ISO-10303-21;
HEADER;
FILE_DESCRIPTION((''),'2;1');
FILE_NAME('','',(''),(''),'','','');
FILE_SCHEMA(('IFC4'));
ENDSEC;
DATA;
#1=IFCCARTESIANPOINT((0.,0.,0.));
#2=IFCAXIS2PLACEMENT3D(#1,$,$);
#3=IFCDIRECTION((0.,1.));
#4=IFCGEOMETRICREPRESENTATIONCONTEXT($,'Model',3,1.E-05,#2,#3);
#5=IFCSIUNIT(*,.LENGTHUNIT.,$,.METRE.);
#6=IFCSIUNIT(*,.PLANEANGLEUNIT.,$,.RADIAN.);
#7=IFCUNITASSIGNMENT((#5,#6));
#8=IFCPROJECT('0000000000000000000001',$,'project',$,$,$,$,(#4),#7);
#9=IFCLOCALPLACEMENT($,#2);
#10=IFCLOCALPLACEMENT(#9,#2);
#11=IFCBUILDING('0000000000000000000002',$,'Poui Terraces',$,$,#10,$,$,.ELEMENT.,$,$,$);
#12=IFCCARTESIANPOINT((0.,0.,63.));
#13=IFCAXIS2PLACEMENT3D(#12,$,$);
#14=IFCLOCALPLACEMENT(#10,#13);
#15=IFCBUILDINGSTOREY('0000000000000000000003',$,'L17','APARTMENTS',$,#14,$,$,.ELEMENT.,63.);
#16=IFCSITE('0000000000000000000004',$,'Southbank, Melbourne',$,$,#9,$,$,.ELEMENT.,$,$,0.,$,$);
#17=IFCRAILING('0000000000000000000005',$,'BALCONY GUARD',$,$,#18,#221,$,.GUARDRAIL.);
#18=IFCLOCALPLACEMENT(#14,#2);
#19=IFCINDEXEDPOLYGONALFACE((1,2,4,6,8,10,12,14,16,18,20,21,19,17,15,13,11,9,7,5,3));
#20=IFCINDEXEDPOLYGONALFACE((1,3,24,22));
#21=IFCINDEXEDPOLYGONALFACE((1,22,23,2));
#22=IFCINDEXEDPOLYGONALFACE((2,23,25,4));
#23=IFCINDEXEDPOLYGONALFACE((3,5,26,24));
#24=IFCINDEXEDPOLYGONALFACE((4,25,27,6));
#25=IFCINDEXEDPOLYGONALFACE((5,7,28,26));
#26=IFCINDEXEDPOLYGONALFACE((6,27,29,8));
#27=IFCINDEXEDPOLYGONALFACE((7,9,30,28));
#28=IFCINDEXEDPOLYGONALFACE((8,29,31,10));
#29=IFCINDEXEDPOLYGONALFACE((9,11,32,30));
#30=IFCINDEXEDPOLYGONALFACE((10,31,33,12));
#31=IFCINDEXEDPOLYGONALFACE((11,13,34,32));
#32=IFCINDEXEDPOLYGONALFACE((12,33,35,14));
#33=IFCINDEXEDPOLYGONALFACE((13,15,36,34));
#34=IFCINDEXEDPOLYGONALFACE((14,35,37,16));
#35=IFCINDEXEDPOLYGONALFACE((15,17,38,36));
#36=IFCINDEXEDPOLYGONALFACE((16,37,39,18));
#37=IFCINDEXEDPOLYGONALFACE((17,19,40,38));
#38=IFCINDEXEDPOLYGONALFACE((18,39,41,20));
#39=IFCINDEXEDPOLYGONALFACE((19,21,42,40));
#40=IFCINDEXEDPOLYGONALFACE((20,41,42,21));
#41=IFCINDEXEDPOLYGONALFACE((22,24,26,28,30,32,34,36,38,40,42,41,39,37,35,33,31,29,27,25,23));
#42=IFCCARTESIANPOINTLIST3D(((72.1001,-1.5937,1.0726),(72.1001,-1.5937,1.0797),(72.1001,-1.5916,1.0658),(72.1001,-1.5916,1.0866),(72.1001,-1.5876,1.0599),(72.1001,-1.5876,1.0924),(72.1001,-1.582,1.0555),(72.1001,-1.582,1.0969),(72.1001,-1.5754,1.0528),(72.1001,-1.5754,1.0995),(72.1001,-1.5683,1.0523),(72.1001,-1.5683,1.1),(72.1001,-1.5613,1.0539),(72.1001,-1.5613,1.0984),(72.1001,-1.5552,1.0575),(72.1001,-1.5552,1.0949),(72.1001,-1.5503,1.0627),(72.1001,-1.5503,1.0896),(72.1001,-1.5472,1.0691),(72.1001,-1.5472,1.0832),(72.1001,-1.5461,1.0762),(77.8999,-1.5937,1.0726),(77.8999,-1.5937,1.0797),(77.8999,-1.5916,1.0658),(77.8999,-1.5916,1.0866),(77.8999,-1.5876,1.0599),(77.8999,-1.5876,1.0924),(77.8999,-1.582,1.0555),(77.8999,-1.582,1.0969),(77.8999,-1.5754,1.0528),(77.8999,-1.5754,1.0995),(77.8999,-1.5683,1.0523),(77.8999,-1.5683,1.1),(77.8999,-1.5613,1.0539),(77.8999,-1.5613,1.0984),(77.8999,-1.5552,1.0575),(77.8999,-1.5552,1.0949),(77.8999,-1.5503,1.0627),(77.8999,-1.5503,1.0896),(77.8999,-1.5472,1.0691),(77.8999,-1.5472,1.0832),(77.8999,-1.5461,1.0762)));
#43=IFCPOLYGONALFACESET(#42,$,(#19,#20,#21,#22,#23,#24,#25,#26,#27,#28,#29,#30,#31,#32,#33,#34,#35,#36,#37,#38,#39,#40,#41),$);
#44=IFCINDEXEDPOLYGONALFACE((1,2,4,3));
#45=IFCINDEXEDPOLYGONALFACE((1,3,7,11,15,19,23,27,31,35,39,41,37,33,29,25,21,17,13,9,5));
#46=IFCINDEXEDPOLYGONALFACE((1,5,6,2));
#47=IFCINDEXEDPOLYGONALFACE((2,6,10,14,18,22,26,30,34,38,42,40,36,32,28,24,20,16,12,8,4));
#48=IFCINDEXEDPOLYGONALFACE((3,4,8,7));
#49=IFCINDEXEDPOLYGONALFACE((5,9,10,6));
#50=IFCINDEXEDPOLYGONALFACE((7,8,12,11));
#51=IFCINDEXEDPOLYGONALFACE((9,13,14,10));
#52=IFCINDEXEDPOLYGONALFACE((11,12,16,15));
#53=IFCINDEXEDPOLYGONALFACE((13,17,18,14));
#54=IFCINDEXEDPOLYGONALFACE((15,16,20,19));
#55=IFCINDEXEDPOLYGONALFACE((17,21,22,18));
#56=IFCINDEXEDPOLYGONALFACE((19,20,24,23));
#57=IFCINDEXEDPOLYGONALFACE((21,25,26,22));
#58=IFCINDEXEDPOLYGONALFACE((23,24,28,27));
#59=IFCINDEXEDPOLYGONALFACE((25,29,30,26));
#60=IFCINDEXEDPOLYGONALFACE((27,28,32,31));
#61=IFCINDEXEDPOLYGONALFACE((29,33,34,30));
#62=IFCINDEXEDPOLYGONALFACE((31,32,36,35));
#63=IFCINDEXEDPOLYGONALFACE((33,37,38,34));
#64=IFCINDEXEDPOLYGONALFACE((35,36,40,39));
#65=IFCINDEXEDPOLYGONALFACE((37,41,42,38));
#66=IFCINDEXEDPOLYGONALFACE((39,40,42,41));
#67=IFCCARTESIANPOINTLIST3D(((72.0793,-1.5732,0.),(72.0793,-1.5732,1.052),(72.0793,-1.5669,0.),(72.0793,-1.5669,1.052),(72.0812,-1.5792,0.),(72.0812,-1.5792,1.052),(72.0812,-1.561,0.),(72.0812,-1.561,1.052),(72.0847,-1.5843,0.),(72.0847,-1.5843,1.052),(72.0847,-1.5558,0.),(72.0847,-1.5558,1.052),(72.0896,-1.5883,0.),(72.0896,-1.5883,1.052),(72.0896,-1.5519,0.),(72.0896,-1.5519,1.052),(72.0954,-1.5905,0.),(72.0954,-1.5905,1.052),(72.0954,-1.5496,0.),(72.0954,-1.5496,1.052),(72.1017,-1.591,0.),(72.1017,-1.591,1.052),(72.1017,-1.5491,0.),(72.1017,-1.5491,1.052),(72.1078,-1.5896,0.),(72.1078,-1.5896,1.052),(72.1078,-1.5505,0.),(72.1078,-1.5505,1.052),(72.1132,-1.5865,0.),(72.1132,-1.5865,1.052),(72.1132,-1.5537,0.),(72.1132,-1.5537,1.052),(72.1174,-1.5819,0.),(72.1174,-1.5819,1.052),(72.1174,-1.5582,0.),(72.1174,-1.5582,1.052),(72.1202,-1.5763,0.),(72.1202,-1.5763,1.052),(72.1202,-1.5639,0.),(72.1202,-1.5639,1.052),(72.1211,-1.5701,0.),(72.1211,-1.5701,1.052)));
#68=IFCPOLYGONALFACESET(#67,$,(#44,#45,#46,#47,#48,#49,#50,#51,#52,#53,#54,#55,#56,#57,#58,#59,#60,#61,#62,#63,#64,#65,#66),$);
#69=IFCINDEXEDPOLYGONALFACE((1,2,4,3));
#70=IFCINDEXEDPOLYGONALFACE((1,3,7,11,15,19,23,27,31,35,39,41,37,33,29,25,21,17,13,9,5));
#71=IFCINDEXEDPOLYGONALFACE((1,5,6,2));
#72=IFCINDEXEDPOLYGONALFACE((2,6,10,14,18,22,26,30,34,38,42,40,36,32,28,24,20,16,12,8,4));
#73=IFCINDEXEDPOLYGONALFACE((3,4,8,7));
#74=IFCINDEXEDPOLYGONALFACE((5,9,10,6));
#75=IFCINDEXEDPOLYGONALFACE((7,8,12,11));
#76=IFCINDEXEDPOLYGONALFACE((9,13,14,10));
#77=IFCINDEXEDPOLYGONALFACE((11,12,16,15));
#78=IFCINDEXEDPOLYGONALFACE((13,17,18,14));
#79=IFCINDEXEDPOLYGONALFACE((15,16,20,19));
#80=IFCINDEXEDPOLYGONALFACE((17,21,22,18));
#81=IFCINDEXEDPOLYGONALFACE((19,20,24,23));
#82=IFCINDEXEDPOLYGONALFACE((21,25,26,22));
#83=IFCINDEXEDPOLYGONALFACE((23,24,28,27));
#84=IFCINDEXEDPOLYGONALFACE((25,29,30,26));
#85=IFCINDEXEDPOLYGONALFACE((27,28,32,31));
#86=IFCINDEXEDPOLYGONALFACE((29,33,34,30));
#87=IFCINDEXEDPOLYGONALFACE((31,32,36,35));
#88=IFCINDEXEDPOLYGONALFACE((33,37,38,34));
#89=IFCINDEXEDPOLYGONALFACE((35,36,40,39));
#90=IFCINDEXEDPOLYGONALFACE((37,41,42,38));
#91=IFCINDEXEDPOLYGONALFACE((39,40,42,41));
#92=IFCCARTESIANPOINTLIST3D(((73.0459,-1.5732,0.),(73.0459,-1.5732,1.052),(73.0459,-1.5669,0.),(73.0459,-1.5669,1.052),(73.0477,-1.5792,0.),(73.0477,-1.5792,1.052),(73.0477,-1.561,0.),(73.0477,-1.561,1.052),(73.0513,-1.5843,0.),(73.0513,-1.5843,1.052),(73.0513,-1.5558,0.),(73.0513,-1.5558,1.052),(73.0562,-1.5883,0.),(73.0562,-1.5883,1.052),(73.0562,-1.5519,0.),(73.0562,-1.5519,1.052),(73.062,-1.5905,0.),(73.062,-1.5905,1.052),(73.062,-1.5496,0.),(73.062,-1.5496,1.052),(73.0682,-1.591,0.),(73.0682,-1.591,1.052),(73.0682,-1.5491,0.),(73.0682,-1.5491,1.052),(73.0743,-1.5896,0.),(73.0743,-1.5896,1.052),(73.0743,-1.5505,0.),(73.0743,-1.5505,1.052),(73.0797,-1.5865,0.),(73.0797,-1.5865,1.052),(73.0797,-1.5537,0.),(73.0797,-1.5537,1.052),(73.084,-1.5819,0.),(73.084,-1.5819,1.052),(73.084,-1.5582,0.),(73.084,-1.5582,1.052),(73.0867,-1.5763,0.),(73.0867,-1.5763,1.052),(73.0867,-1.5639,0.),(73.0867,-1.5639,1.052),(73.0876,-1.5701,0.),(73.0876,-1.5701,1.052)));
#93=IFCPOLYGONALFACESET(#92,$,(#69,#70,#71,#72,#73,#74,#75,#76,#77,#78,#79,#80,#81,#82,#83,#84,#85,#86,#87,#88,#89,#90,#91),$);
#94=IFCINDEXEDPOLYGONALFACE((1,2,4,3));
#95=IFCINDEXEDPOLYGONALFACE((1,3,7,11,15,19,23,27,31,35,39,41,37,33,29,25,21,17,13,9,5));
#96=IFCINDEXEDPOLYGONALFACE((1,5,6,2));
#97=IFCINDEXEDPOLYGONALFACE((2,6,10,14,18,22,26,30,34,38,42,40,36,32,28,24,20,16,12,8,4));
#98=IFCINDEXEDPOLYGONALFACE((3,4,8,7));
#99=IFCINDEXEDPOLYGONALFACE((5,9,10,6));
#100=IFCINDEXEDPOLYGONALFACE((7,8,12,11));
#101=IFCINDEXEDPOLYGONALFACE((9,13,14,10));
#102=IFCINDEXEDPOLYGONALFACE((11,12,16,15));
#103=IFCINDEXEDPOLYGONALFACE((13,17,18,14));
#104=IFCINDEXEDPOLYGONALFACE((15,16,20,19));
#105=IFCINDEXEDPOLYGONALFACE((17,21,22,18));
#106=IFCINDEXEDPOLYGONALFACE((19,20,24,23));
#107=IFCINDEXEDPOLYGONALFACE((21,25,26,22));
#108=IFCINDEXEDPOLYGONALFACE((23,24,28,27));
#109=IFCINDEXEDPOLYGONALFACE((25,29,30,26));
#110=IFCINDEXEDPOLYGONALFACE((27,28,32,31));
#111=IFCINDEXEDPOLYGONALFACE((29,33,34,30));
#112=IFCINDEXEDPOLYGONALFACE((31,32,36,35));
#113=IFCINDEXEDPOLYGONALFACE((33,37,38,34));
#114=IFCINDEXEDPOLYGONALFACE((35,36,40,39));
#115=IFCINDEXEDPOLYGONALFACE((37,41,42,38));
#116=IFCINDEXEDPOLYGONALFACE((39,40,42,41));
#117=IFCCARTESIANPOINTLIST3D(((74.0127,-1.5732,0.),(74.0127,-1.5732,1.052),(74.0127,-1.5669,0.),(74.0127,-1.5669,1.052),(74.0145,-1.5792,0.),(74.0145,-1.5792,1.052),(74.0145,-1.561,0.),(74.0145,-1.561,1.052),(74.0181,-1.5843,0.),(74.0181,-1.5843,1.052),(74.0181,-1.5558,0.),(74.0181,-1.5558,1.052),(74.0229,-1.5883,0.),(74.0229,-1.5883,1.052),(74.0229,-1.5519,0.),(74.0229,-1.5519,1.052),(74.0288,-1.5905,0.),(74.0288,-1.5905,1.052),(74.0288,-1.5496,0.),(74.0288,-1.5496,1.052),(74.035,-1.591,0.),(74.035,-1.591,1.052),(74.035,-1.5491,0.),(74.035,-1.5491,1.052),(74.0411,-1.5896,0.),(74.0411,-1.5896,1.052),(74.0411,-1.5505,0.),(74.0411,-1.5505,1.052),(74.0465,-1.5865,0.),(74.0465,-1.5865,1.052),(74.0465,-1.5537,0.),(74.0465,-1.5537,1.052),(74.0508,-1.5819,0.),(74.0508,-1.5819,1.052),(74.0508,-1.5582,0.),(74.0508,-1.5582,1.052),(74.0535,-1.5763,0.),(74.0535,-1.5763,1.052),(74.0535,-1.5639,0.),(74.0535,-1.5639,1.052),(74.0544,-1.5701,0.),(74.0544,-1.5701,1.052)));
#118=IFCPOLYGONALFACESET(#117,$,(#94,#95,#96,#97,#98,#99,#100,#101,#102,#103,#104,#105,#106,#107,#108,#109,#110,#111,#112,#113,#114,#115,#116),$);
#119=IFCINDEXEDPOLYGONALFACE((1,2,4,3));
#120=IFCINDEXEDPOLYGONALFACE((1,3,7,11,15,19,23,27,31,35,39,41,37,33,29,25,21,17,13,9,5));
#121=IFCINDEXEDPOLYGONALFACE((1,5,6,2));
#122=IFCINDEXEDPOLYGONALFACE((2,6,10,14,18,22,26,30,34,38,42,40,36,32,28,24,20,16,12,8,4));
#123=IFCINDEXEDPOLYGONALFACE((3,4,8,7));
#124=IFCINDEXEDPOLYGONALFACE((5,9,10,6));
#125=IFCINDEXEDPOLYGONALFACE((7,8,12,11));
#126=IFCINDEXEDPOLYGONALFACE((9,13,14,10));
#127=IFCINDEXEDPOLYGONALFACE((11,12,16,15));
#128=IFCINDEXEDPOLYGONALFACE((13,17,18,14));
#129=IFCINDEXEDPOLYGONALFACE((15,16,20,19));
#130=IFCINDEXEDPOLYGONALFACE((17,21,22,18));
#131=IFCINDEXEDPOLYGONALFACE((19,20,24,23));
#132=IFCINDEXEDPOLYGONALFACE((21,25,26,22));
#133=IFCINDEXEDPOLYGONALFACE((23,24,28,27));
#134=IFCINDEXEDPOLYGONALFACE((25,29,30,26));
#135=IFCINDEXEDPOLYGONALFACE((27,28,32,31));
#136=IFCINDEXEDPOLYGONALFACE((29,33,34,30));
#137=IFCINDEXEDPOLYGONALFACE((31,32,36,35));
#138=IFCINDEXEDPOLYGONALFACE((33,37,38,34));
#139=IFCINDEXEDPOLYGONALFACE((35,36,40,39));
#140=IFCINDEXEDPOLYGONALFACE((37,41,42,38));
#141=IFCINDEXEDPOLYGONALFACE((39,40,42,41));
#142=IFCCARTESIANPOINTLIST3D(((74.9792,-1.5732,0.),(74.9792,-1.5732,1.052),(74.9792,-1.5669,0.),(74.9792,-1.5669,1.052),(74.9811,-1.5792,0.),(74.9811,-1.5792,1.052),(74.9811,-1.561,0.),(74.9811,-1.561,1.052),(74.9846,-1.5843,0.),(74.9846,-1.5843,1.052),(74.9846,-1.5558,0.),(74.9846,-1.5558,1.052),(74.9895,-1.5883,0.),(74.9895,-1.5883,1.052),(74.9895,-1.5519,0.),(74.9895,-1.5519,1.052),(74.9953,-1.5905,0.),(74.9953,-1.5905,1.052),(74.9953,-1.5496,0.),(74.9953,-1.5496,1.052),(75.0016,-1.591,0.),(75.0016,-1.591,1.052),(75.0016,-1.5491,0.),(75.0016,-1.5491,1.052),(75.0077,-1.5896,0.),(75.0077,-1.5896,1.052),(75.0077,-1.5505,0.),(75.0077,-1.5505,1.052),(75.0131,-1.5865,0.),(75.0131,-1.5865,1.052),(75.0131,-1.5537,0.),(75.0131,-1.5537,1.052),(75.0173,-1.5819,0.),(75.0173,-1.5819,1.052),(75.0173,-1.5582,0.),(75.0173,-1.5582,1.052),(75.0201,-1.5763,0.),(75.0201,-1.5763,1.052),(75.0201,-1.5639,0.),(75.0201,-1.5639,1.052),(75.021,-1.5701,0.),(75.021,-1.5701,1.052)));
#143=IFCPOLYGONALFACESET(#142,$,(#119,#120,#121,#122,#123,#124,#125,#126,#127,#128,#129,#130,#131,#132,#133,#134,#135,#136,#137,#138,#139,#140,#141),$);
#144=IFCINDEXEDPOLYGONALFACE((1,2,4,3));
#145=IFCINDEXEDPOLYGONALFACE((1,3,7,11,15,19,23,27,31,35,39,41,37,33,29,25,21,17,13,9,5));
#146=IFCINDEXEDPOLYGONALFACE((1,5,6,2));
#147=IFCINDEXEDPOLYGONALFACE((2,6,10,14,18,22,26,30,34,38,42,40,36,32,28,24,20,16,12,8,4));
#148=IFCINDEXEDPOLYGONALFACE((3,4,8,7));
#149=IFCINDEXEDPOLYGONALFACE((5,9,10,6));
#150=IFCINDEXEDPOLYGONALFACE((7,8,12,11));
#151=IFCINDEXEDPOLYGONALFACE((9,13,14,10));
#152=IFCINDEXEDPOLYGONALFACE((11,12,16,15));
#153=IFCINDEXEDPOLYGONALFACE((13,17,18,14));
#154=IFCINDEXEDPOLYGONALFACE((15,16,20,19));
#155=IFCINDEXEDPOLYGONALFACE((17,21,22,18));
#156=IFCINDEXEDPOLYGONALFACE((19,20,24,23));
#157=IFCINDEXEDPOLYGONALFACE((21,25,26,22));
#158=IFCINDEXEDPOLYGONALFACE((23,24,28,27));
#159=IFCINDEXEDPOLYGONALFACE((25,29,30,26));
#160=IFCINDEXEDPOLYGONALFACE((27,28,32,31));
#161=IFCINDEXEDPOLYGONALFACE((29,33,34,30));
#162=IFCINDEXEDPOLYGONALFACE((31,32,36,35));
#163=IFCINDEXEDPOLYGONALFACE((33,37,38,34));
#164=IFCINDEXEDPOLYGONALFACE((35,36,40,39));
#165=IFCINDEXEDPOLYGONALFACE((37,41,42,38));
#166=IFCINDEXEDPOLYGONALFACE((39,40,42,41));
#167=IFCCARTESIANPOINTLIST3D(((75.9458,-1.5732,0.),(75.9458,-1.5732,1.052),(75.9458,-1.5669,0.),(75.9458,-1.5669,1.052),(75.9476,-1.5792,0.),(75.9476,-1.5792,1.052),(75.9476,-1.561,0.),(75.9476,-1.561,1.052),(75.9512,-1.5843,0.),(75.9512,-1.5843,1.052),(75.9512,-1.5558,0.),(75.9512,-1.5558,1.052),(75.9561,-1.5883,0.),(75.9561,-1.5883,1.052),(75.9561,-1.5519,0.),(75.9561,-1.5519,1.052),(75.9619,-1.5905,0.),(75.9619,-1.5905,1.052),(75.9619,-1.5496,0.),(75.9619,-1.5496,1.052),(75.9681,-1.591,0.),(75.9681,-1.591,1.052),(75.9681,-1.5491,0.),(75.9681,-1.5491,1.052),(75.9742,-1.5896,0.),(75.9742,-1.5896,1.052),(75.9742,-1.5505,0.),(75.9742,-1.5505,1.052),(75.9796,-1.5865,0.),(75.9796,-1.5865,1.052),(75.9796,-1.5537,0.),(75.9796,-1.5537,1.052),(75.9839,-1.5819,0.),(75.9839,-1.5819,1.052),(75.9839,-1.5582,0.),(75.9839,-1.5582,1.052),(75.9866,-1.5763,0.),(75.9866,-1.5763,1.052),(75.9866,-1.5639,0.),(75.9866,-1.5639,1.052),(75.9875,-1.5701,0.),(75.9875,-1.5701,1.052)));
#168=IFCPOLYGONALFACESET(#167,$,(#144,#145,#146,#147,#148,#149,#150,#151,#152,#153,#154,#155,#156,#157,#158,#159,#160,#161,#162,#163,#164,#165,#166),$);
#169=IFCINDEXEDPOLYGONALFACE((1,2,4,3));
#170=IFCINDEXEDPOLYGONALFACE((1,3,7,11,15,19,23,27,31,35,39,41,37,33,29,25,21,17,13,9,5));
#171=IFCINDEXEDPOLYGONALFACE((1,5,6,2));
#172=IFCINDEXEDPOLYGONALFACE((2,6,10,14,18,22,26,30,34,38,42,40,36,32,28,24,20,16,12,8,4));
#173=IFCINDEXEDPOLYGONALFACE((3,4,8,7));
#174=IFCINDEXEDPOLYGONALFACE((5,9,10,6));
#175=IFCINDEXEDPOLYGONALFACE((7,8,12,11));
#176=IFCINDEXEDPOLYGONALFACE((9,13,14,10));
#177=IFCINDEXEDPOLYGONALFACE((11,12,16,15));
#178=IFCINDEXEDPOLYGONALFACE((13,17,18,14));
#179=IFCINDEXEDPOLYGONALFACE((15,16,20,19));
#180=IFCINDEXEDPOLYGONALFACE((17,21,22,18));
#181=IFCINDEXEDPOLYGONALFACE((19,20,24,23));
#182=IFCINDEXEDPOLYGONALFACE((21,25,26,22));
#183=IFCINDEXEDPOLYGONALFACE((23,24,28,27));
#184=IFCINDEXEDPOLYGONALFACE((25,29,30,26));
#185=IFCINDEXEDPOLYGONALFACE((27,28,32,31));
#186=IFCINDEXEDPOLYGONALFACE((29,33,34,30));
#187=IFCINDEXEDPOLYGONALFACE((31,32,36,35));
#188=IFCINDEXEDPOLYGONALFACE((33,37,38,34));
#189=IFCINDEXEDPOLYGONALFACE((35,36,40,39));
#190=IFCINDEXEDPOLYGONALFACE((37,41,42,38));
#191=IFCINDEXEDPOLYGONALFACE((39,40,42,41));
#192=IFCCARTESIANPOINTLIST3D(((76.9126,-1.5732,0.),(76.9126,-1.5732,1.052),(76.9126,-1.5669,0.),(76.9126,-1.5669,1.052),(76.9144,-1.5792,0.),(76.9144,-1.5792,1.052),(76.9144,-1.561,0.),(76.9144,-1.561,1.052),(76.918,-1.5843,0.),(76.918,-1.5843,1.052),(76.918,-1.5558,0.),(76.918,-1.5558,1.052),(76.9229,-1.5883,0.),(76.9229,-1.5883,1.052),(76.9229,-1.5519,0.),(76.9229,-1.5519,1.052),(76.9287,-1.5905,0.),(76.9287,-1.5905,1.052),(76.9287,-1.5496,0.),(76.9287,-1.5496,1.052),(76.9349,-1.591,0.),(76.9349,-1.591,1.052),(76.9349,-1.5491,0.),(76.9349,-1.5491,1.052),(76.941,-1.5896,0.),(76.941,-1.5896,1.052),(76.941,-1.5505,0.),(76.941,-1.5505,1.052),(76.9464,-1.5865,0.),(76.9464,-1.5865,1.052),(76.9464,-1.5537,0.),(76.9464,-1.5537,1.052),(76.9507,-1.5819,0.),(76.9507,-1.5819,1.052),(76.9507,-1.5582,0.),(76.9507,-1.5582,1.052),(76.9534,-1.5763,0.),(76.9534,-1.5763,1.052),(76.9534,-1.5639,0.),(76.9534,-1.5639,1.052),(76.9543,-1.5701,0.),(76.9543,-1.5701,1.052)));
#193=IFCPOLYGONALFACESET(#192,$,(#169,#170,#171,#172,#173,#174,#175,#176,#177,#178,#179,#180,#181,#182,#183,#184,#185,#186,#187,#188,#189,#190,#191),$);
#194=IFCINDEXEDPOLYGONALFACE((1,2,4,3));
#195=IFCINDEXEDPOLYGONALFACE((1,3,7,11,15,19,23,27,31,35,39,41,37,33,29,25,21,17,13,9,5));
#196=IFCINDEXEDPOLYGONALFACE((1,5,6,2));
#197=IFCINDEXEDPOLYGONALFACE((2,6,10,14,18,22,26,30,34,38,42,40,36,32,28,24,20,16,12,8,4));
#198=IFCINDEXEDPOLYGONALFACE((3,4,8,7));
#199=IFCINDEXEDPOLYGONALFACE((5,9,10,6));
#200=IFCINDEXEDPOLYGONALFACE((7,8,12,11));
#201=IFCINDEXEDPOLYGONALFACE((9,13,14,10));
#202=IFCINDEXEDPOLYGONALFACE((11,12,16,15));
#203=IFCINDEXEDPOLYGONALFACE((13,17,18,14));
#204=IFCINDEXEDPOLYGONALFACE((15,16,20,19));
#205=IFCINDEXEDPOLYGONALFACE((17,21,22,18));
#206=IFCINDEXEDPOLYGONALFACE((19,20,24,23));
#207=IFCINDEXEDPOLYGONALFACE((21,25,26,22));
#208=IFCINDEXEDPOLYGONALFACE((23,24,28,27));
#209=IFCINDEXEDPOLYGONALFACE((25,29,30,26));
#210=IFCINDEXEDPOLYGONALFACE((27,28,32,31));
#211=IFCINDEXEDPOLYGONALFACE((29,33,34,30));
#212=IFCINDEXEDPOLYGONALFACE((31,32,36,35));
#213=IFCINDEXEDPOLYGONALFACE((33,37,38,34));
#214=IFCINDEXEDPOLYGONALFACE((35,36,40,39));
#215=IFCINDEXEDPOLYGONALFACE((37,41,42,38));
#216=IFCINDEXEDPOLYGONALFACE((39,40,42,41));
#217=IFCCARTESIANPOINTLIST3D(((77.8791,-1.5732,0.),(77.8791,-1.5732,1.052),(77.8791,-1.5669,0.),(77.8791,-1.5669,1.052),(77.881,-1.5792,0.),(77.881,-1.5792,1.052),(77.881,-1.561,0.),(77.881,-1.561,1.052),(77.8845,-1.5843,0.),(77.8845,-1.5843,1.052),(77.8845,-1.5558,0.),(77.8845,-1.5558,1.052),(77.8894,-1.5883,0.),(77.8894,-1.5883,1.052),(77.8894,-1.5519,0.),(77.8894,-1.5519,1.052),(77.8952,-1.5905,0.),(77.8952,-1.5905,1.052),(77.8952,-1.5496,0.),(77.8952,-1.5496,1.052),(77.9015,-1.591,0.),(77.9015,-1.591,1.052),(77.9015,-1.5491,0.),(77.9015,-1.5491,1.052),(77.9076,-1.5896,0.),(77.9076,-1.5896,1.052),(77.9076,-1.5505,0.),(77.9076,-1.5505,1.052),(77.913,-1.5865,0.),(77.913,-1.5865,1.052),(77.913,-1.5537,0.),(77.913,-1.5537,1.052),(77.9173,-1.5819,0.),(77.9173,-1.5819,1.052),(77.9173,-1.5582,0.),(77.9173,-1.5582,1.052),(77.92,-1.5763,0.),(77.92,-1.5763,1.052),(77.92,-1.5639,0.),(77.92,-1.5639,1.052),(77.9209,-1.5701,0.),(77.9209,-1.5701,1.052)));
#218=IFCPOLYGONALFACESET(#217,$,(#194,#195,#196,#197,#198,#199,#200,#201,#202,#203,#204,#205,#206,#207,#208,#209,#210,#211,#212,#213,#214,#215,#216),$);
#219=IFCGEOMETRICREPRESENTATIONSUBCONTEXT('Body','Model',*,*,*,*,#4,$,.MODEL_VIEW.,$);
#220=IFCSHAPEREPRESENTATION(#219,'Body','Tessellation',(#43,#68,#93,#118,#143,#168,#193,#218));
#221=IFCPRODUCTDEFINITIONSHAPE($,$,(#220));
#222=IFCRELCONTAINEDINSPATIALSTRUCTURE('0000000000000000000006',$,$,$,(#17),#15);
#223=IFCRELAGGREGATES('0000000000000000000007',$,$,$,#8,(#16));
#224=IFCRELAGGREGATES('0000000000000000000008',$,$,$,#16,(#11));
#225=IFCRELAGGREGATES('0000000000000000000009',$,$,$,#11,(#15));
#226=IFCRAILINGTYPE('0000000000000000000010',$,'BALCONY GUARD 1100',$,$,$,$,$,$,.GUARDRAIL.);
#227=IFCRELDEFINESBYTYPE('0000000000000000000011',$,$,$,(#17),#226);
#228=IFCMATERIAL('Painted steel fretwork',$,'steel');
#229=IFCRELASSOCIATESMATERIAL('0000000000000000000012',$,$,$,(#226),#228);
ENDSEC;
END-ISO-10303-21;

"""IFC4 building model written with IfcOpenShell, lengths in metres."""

from ifc_helpers import new_model, si_unit, direction, frame, origin, origin_2d, place, context, subcontext, project, spatial, circle, extrude, material, type_object, element, save


model = new_model("IFC4")

# Units and contexts
model_context = context("Model", 3, precision=1e-05, world=origin(), true_north=direction((0.0, 1.0)))
body_context = subcontext(model_context, "Body", "Model", "MODEL_VIEW")
ifc_project = project(units=[si_unit("LENGTHUNIT", "METRE"), si_unit("PLANEANGLEUNIT", "RADIAN")], contexts=[model_context])

# Site, building, storey
site_placement = place(None, origin())
site = spatial("IfcSite", under=ifc_project, at=site_placement, Name="Southbank, Melbourne", CompositionType="ELEMENT", RefElevation=0.0)
building_placement = place(site_placement, origin())
building = spatial("IfcBuilding", under=site, at=building_placement, Name="Poui Terraces", CompositionType="ELEMENT")
storey_placement = place(building_placement, frame((0.0, 0.0, 63.0)))
storey = spatial("IfcBuildingStorey", under=building, at=storey_placement, Name="L17", Description="APARTMENTS", CompositionType="ELEMENT", Elevation=63.0)

# Railing
ifc_material_1 = material(Name="Painted steel fretwork", Category="steel")
railing_type_1 = type_object("IfcRailingType", Name="BALCONY GUARD 1100", PredefinedType="GUARDRAIL", material=ifc_material_1)
railing_1_placement = place(storey_placement, frame((72.1001, -1.5701, 0.0)))
element("IfcRailing", 1, at=railing_1_placement, inside=storey, type_object=railing_type_1, Name="BALCONY GUARD", PredefinedType="GUARDRAIL", context=body_context, shape_type="SweptSolid", body=[
    extrude(circle(Radius=0.0239, at=origin_2d()), frame((0.0, 0.0, 1.0762), z_axis=(1.0, 0.0, 0.0), x_axis=(0.0, 1.0, 0.0)), (0.0, 0.0, 1.0), 5.7998),
    extrude(circle(Radius=0.021, at=origin_2d()), origin(), (0.0, 0.0, 1.0), 1.052),
    extrude(circle(Radius=0.021, at=origin_2d()), frame((0.9666, 0.0, 0.0)), (0.0, 0.0, 1.0), 1.052),
    extrude(circle(Radius=0.021, at=origin_2d()), frame((1.9333, 0.0, 0.0)), (0.0, 0.0, 1.0), 1.052),
    extrude(circle(Radius=0.021, at=origin_2d()), frame((2.8999, 0.0, 0.0)), (0.0, 0.0, 1.0), 1.052),
    extrude(circle(Radius=0.021, at=origin_2d()), frame((3.8665, 0.0, 0.0)), (0.0, 0.0, 1.0), 1.052),
    extrude(circle(Radius=0.021, at=origin_2d()), frame((4.8333, 0.0, 0.0)), (0.0, 0.0, 1.0), 1.052),
    extrude(circle(Radius=0.021, at=origin_2d()), frame((5.7998, 0.0, 0.0)), (0.0, 0.0, 1.0), 1.052),
])

save(model, "model.ifc")
